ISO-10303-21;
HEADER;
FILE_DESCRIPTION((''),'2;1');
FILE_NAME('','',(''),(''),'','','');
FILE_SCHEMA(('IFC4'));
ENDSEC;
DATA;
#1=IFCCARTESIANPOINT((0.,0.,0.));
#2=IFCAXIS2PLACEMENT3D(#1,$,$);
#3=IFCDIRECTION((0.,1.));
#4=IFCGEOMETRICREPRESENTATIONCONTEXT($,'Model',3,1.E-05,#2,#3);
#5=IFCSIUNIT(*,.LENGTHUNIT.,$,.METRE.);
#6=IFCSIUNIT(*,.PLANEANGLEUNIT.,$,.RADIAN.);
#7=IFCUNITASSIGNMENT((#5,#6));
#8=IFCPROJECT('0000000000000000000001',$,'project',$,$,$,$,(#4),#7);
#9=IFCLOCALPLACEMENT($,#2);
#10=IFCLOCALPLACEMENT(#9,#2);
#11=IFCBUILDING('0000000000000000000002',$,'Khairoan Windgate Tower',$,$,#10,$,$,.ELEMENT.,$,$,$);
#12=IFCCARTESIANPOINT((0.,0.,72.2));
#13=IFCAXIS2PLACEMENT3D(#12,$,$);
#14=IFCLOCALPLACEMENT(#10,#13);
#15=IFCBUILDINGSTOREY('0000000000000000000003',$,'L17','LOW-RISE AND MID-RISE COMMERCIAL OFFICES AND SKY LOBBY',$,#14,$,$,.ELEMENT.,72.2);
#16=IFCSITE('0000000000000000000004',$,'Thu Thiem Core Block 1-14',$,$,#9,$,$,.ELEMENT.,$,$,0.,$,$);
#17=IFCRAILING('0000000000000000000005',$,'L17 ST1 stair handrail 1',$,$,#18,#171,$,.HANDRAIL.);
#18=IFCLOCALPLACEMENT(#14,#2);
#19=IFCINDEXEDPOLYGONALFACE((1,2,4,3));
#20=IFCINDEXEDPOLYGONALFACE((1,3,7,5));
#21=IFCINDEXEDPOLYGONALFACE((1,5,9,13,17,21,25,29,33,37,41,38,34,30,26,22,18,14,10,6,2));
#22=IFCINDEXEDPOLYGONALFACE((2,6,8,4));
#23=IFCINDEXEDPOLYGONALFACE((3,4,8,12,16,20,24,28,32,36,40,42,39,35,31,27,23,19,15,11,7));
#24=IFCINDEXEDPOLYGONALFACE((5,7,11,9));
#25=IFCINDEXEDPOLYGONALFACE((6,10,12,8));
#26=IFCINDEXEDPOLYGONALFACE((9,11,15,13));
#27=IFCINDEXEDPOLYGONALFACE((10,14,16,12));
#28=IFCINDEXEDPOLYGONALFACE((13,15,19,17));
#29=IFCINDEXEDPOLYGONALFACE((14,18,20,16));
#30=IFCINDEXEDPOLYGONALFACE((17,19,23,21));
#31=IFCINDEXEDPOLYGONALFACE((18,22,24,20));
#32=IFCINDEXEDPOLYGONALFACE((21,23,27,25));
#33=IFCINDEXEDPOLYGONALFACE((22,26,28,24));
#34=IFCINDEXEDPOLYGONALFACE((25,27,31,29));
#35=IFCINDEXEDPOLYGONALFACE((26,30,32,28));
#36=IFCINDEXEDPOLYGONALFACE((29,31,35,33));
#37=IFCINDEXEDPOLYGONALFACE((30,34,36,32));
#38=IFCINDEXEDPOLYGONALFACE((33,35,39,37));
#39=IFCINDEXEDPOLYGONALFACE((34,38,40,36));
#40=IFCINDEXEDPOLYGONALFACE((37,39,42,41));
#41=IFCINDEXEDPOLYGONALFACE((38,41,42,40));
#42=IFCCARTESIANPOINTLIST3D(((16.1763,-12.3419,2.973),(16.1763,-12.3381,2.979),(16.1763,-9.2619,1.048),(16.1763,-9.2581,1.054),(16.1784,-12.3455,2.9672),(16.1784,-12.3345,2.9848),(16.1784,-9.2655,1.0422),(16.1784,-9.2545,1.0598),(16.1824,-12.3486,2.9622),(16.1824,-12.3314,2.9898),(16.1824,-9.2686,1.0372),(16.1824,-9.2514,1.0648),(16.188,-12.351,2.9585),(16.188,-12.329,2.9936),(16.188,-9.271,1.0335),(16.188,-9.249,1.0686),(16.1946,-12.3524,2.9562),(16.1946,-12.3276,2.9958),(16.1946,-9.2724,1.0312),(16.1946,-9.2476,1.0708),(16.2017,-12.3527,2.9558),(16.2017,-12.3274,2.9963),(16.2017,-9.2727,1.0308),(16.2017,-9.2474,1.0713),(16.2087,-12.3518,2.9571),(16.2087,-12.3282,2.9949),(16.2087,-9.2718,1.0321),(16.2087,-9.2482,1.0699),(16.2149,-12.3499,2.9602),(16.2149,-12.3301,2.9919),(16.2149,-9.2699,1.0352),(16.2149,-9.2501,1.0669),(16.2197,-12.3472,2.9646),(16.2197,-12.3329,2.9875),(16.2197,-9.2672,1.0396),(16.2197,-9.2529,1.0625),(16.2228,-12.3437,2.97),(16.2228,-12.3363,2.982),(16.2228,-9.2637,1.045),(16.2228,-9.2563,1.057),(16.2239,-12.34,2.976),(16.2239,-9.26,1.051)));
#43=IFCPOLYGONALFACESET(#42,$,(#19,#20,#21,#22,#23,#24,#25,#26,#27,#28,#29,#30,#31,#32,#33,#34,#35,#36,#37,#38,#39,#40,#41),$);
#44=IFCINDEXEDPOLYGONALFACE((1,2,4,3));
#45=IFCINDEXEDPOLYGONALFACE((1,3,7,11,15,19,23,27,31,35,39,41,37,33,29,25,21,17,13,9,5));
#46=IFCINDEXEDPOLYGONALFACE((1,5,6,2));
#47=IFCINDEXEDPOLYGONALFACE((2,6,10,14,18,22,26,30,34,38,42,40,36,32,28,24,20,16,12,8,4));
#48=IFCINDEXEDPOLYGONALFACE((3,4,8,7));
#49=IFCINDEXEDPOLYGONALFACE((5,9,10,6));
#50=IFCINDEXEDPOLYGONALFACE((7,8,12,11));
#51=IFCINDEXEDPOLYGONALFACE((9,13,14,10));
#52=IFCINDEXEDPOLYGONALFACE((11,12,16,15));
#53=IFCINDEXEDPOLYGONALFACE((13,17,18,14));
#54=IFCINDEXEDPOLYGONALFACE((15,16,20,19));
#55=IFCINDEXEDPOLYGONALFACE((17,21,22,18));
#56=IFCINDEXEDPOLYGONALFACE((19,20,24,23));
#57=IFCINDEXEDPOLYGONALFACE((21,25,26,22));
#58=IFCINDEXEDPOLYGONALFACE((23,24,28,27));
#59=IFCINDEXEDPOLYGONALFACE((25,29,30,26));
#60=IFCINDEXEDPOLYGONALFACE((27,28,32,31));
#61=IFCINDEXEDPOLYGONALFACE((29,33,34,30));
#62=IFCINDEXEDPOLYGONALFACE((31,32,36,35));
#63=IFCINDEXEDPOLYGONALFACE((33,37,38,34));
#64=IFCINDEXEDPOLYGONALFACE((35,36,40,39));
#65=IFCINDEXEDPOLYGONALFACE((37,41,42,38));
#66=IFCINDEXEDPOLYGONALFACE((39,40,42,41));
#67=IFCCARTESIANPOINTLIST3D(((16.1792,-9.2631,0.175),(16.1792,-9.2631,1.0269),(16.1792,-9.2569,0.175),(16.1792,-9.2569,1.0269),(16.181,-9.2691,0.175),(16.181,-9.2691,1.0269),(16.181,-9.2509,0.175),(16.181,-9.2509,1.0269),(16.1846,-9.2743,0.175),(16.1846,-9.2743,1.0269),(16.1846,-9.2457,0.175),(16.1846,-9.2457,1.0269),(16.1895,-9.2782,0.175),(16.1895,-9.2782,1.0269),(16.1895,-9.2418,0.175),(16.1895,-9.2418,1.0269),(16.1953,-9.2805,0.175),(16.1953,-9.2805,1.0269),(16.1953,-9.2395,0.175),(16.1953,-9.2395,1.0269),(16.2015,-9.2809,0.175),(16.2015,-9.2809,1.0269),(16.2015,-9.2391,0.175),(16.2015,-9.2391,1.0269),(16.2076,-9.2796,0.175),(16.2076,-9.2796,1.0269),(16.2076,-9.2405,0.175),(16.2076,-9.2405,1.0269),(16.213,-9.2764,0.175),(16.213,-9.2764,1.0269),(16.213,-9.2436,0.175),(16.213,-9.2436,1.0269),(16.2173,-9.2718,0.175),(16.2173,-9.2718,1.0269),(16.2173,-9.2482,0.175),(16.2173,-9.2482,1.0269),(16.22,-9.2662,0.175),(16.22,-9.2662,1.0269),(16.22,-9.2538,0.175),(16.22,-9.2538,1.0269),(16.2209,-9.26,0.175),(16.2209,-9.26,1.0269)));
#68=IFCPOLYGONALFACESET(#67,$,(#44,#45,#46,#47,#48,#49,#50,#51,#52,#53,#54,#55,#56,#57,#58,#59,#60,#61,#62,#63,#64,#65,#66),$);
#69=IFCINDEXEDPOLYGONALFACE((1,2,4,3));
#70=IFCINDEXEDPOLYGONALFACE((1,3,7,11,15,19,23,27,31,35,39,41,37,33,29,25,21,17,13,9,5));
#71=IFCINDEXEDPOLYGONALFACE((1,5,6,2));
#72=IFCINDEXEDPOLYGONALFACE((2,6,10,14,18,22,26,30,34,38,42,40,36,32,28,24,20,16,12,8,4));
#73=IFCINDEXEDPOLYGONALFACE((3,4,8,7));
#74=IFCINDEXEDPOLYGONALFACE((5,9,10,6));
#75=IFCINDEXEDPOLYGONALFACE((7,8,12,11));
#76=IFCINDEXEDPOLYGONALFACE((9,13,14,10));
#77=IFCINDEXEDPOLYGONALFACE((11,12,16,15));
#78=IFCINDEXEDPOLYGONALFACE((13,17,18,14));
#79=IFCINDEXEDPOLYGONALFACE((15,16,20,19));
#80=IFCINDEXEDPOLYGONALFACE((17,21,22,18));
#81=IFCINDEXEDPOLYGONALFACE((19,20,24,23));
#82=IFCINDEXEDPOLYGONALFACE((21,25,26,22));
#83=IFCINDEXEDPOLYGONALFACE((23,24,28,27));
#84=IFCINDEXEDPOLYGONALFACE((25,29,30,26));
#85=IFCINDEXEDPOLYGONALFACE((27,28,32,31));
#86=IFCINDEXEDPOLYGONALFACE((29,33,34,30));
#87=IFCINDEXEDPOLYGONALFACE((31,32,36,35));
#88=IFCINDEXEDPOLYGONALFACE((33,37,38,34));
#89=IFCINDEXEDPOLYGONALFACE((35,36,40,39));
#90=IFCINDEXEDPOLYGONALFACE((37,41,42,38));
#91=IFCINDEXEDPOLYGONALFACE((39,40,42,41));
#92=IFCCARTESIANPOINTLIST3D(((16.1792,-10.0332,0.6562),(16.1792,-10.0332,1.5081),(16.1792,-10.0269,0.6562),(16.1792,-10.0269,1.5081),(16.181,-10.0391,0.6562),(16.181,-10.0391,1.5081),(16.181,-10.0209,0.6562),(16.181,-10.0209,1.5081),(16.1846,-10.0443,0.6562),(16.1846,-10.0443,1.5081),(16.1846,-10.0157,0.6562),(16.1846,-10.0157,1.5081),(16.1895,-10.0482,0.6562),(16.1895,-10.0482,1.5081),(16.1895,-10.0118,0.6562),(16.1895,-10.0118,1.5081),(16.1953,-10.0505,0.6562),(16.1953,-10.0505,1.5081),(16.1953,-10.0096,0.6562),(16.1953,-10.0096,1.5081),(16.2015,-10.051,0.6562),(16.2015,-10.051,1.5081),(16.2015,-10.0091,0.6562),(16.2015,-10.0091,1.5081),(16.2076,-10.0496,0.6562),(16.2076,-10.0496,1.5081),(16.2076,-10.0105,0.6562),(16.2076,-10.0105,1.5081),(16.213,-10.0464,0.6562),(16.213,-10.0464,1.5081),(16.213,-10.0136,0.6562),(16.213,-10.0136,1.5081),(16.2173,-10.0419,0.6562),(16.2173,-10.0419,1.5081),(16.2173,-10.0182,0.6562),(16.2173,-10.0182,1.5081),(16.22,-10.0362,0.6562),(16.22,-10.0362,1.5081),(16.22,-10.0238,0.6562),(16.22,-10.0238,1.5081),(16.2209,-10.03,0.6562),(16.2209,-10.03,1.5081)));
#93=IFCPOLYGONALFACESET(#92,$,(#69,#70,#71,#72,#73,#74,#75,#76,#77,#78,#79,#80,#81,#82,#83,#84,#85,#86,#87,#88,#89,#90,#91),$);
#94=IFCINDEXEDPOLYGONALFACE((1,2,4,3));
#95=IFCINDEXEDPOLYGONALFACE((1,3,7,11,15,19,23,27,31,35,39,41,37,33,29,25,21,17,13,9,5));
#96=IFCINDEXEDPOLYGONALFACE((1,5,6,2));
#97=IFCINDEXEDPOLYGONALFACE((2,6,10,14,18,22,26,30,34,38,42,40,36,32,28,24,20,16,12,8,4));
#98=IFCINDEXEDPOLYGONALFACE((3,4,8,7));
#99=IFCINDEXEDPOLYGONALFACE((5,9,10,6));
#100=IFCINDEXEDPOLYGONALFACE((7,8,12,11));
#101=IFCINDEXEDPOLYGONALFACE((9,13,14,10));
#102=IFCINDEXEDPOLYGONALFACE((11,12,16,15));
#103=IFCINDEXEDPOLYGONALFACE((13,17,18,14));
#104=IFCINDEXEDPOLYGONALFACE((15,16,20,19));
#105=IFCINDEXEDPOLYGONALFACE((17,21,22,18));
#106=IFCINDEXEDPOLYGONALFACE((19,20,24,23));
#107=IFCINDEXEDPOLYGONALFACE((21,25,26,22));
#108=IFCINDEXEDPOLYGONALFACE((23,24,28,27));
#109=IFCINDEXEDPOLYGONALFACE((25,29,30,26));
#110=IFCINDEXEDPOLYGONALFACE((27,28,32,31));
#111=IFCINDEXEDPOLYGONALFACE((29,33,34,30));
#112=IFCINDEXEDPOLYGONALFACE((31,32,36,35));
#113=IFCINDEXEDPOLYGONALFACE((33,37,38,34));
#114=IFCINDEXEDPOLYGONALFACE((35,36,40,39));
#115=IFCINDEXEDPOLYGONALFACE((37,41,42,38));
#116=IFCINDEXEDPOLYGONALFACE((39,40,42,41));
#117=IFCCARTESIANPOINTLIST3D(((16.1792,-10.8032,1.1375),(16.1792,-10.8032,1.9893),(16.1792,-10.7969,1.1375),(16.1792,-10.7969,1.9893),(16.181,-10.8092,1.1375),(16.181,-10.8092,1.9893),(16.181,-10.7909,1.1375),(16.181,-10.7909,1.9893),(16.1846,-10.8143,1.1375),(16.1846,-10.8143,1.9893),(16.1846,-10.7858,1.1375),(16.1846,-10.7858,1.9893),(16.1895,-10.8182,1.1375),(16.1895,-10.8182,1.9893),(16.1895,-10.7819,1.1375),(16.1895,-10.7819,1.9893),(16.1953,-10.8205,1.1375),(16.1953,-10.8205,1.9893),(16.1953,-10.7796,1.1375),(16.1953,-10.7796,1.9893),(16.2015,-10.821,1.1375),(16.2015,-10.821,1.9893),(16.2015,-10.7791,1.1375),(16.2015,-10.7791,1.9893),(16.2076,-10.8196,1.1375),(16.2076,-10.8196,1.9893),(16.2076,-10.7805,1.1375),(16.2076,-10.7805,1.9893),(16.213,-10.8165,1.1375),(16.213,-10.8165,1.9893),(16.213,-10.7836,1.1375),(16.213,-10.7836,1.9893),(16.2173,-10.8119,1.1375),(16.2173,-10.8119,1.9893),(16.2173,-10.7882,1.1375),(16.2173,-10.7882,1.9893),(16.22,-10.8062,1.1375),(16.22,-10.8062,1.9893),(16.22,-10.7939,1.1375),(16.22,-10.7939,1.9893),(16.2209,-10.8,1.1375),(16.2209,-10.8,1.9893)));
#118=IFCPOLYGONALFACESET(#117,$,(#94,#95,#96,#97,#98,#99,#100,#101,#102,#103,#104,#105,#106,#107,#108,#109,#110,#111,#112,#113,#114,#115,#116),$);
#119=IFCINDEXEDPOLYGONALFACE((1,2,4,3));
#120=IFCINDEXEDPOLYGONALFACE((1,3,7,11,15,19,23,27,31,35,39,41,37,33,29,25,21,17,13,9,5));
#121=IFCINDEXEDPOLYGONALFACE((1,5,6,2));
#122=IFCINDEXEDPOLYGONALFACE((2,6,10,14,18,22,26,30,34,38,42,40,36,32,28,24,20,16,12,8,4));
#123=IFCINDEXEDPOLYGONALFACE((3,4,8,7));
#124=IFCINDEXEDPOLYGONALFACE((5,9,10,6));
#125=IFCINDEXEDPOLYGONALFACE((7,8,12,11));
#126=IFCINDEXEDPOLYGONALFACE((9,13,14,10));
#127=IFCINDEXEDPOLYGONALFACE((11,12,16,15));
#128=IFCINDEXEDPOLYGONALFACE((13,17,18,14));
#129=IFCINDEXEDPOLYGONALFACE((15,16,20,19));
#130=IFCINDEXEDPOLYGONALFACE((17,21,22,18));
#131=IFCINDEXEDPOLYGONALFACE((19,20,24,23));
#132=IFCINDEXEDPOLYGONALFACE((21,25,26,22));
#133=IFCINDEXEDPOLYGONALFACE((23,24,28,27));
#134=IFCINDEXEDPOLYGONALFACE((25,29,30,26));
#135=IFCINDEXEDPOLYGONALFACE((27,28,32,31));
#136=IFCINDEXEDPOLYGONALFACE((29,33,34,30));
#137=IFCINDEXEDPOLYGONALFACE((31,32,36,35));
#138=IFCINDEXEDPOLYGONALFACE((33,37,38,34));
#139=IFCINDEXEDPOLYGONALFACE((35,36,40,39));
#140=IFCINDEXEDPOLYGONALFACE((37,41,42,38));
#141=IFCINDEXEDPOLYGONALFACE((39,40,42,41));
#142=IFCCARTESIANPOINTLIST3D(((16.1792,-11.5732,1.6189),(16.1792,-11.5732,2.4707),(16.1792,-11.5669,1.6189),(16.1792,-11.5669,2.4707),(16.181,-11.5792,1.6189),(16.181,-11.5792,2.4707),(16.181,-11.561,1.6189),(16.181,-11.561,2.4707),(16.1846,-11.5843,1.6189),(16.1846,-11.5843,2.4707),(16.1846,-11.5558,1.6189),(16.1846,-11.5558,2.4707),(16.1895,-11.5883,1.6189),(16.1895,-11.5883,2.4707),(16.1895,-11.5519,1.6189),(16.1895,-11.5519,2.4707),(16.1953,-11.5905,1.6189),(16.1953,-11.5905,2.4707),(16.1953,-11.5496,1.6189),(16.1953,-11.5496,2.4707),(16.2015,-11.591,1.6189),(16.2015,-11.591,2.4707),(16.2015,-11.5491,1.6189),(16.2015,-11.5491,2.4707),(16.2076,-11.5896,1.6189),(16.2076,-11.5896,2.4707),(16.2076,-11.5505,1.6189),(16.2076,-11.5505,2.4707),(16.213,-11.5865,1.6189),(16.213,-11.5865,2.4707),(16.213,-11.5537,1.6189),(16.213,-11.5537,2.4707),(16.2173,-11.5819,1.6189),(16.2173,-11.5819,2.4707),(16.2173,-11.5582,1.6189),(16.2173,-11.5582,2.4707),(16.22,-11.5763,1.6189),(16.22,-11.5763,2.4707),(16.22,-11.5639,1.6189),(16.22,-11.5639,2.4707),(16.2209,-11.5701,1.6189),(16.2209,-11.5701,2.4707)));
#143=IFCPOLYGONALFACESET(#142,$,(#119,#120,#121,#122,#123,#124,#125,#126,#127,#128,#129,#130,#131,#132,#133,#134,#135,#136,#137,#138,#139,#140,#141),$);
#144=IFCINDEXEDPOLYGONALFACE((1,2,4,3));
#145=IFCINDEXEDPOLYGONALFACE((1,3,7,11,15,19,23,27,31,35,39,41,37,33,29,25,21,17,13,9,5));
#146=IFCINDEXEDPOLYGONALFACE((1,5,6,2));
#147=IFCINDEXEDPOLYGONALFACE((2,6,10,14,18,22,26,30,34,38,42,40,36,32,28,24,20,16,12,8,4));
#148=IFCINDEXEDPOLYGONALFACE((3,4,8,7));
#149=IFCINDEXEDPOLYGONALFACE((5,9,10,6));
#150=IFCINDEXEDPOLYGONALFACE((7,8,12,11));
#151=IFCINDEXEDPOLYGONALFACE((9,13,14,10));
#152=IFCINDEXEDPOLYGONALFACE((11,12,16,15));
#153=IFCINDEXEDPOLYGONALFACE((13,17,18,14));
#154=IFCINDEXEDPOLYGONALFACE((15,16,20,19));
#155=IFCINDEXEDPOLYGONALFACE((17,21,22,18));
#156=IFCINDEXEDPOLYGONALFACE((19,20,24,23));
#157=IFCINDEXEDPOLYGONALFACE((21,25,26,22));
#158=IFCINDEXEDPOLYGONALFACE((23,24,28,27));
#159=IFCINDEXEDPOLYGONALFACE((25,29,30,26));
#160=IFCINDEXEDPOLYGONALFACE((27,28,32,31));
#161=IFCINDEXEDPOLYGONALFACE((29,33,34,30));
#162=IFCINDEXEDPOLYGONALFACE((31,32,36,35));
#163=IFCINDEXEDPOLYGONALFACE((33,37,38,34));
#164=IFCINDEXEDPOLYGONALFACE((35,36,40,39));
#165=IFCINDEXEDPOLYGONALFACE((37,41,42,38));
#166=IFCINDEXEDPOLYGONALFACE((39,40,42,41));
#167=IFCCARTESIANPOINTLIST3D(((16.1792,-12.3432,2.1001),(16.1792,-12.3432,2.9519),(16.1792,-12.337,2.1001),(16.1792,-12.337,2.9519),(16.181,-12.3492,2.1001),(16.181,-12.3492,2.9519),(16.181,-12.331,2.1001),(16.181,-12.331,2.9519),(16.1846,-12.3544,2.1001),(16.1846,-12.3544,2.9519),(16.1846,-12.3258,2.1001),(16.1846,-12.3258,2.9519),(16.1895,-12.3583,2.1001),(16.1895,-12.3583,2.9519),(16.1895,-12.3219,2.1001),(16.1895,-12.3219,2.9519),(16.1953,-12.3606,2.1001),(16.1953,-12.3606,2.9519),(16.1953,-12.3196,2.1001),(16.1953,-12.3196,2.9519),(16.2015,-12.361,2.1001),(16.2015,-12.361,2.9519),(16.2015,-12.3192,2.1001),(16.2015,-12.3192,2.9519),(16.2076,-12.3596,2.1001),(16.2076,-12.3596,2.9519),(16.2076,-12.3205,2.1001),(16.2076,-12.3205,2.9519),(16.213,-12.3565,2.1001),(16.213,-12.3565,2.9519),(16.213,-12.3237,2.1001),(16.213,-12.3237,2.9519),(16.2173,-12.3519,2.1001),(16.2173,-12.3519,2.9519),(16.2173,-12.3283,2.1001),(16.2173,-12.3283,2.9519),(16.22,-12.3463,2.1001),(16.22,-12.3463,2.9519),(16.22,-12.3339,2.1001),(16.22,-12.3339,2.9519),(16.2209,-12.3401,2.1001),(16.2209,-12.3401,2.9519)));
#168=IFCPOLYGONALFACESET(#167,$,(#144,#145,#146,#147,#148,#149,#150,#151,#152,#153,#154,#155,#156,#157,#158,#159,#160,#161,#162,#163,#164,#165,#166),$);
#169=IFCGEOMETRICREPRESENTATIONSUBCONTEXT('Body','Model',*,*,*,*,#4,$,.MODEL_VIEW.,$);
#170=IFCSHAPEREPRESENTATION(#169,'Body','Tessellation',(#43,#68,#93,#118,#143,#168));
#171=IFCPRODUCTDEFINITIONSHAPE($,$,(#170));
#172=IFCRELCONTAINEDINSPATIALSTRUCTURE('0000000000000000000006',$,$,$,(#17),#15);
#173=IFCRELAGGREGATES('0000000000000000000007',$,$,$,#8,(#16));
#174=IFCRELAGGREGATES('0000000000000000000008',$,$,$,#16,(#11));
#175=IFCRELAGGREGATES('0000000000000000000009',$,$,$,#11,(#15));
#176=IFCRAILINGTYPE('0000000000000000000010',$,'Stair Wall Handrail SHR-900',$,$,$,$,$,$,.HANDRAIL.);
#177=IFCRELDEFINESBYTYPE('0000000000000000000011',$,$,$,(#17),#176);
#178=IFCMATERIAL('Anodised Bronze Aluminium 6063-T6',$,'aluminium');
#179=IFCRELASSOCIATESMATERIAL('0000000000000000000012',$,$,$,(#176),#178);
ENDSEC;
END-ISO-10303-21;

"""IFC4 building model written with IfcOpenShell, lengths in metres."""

from ifc_helpers import new_model, si_unit, direction, frame, origin, origin_2d, place, context, subcontext, project, spatial, circle, extrude, material, type_object, element, save


model = new_model("IFC4")

# Units and contexts
model_context = context("Model", 3, precision=1e-05, world=origin(), true_north=direction((0.0, 1.0)))
body_context = subcontext(model_context, "Body", "Model", "MODEL_VIEW")
ifc_project = project(units=[si_unit("LENGTHUNIT", "METRE"), si_unit("PLANEANGLEUNIT", "RADIAN")], contexts=[model_context])

# Site, building, storey
site_placement = place(None, origin())
site = spatial("IfcSite", under=ifc_project, at=site_placement, Name="Thu Thiem Core Block 1-14", CompositionType="ELEMENT", RefElevation=0.0)
building_placement = place(site_placement, origin())
building = spatial("IfcBuilding", under=site, at=building_placement, Name="Khairoan Windgate Tower", CompositionType="ELEMENT")
storey_placement = place(building_placement, frame((0.0, 0.0, 72.2)))
storey = spatial("IfcBuildingStorey", under=building, at=storey_placement, Name="L17", Description="LOW-RISE AND MID-RISE COMMERCIAL OFFICES AND SKY LOBBY", CompositionType="ELEMENT", Elevation=72.2)

# Railing
ifc_material_1 = material(Name="Anodised Bronze Aluminium 6063-T6", Category="aluminium")
railing_type_1 = type_object("IfcRailingType", Name="Stair Wall Handrail SHR-900", PredefinedType="HANDRAIL", material=ifc_material_1)
railing_1_placement = place(storey_placement, frame((16.2, -9.26, 0.175)))
element("IfcRailing", 1, at=railing_1_placement, inside=storey, type_object=railing_type_1, Name="L17 ST1 stair handrail 1", PredefinedType="HANDRAIL", context=body_context, shape_type="SweptSolid", body=[
    extrude(circle(Radius=0.0239, at=origin_2d()), frame((0.0, 0.0, 0.876), z_axis=(0.0, -0.847998, 0.529999), x_axis=(1.0, 0.0, 0.0)), (0.0, 0.0, 1.0), 3.6321),
    extrude(circle(Radius=0.021, at=origin_2d()), origin(), (0.0, 0.0, 1.0), 0.8518),
    extrude(circle(Radius=0.021, at=origin_2d()), frame((0.0, -0.77, 0.4812)), (0.0, 0.0, 1.0), 0.8518),
    extrude(circle(Radius=0.021, at=origin_2d()), frame((0.0, -1.54, 0.9624)), (0.0, 0.0, 1.0), 0.8518),
    extrude(circle(Radius=0.021, at=origin_2d()), frame((0.0, -2.3101, 1.4438)), (0.0, 0.0, 1.0), 0.8518),
    extrude(circle(Radius=0.021, at=origin_2d()), frame((0.0, -3.0801, 1.925)), (0.0, 0.0, 1.0), 0.8518),
])

save(model, "model.ifc")
